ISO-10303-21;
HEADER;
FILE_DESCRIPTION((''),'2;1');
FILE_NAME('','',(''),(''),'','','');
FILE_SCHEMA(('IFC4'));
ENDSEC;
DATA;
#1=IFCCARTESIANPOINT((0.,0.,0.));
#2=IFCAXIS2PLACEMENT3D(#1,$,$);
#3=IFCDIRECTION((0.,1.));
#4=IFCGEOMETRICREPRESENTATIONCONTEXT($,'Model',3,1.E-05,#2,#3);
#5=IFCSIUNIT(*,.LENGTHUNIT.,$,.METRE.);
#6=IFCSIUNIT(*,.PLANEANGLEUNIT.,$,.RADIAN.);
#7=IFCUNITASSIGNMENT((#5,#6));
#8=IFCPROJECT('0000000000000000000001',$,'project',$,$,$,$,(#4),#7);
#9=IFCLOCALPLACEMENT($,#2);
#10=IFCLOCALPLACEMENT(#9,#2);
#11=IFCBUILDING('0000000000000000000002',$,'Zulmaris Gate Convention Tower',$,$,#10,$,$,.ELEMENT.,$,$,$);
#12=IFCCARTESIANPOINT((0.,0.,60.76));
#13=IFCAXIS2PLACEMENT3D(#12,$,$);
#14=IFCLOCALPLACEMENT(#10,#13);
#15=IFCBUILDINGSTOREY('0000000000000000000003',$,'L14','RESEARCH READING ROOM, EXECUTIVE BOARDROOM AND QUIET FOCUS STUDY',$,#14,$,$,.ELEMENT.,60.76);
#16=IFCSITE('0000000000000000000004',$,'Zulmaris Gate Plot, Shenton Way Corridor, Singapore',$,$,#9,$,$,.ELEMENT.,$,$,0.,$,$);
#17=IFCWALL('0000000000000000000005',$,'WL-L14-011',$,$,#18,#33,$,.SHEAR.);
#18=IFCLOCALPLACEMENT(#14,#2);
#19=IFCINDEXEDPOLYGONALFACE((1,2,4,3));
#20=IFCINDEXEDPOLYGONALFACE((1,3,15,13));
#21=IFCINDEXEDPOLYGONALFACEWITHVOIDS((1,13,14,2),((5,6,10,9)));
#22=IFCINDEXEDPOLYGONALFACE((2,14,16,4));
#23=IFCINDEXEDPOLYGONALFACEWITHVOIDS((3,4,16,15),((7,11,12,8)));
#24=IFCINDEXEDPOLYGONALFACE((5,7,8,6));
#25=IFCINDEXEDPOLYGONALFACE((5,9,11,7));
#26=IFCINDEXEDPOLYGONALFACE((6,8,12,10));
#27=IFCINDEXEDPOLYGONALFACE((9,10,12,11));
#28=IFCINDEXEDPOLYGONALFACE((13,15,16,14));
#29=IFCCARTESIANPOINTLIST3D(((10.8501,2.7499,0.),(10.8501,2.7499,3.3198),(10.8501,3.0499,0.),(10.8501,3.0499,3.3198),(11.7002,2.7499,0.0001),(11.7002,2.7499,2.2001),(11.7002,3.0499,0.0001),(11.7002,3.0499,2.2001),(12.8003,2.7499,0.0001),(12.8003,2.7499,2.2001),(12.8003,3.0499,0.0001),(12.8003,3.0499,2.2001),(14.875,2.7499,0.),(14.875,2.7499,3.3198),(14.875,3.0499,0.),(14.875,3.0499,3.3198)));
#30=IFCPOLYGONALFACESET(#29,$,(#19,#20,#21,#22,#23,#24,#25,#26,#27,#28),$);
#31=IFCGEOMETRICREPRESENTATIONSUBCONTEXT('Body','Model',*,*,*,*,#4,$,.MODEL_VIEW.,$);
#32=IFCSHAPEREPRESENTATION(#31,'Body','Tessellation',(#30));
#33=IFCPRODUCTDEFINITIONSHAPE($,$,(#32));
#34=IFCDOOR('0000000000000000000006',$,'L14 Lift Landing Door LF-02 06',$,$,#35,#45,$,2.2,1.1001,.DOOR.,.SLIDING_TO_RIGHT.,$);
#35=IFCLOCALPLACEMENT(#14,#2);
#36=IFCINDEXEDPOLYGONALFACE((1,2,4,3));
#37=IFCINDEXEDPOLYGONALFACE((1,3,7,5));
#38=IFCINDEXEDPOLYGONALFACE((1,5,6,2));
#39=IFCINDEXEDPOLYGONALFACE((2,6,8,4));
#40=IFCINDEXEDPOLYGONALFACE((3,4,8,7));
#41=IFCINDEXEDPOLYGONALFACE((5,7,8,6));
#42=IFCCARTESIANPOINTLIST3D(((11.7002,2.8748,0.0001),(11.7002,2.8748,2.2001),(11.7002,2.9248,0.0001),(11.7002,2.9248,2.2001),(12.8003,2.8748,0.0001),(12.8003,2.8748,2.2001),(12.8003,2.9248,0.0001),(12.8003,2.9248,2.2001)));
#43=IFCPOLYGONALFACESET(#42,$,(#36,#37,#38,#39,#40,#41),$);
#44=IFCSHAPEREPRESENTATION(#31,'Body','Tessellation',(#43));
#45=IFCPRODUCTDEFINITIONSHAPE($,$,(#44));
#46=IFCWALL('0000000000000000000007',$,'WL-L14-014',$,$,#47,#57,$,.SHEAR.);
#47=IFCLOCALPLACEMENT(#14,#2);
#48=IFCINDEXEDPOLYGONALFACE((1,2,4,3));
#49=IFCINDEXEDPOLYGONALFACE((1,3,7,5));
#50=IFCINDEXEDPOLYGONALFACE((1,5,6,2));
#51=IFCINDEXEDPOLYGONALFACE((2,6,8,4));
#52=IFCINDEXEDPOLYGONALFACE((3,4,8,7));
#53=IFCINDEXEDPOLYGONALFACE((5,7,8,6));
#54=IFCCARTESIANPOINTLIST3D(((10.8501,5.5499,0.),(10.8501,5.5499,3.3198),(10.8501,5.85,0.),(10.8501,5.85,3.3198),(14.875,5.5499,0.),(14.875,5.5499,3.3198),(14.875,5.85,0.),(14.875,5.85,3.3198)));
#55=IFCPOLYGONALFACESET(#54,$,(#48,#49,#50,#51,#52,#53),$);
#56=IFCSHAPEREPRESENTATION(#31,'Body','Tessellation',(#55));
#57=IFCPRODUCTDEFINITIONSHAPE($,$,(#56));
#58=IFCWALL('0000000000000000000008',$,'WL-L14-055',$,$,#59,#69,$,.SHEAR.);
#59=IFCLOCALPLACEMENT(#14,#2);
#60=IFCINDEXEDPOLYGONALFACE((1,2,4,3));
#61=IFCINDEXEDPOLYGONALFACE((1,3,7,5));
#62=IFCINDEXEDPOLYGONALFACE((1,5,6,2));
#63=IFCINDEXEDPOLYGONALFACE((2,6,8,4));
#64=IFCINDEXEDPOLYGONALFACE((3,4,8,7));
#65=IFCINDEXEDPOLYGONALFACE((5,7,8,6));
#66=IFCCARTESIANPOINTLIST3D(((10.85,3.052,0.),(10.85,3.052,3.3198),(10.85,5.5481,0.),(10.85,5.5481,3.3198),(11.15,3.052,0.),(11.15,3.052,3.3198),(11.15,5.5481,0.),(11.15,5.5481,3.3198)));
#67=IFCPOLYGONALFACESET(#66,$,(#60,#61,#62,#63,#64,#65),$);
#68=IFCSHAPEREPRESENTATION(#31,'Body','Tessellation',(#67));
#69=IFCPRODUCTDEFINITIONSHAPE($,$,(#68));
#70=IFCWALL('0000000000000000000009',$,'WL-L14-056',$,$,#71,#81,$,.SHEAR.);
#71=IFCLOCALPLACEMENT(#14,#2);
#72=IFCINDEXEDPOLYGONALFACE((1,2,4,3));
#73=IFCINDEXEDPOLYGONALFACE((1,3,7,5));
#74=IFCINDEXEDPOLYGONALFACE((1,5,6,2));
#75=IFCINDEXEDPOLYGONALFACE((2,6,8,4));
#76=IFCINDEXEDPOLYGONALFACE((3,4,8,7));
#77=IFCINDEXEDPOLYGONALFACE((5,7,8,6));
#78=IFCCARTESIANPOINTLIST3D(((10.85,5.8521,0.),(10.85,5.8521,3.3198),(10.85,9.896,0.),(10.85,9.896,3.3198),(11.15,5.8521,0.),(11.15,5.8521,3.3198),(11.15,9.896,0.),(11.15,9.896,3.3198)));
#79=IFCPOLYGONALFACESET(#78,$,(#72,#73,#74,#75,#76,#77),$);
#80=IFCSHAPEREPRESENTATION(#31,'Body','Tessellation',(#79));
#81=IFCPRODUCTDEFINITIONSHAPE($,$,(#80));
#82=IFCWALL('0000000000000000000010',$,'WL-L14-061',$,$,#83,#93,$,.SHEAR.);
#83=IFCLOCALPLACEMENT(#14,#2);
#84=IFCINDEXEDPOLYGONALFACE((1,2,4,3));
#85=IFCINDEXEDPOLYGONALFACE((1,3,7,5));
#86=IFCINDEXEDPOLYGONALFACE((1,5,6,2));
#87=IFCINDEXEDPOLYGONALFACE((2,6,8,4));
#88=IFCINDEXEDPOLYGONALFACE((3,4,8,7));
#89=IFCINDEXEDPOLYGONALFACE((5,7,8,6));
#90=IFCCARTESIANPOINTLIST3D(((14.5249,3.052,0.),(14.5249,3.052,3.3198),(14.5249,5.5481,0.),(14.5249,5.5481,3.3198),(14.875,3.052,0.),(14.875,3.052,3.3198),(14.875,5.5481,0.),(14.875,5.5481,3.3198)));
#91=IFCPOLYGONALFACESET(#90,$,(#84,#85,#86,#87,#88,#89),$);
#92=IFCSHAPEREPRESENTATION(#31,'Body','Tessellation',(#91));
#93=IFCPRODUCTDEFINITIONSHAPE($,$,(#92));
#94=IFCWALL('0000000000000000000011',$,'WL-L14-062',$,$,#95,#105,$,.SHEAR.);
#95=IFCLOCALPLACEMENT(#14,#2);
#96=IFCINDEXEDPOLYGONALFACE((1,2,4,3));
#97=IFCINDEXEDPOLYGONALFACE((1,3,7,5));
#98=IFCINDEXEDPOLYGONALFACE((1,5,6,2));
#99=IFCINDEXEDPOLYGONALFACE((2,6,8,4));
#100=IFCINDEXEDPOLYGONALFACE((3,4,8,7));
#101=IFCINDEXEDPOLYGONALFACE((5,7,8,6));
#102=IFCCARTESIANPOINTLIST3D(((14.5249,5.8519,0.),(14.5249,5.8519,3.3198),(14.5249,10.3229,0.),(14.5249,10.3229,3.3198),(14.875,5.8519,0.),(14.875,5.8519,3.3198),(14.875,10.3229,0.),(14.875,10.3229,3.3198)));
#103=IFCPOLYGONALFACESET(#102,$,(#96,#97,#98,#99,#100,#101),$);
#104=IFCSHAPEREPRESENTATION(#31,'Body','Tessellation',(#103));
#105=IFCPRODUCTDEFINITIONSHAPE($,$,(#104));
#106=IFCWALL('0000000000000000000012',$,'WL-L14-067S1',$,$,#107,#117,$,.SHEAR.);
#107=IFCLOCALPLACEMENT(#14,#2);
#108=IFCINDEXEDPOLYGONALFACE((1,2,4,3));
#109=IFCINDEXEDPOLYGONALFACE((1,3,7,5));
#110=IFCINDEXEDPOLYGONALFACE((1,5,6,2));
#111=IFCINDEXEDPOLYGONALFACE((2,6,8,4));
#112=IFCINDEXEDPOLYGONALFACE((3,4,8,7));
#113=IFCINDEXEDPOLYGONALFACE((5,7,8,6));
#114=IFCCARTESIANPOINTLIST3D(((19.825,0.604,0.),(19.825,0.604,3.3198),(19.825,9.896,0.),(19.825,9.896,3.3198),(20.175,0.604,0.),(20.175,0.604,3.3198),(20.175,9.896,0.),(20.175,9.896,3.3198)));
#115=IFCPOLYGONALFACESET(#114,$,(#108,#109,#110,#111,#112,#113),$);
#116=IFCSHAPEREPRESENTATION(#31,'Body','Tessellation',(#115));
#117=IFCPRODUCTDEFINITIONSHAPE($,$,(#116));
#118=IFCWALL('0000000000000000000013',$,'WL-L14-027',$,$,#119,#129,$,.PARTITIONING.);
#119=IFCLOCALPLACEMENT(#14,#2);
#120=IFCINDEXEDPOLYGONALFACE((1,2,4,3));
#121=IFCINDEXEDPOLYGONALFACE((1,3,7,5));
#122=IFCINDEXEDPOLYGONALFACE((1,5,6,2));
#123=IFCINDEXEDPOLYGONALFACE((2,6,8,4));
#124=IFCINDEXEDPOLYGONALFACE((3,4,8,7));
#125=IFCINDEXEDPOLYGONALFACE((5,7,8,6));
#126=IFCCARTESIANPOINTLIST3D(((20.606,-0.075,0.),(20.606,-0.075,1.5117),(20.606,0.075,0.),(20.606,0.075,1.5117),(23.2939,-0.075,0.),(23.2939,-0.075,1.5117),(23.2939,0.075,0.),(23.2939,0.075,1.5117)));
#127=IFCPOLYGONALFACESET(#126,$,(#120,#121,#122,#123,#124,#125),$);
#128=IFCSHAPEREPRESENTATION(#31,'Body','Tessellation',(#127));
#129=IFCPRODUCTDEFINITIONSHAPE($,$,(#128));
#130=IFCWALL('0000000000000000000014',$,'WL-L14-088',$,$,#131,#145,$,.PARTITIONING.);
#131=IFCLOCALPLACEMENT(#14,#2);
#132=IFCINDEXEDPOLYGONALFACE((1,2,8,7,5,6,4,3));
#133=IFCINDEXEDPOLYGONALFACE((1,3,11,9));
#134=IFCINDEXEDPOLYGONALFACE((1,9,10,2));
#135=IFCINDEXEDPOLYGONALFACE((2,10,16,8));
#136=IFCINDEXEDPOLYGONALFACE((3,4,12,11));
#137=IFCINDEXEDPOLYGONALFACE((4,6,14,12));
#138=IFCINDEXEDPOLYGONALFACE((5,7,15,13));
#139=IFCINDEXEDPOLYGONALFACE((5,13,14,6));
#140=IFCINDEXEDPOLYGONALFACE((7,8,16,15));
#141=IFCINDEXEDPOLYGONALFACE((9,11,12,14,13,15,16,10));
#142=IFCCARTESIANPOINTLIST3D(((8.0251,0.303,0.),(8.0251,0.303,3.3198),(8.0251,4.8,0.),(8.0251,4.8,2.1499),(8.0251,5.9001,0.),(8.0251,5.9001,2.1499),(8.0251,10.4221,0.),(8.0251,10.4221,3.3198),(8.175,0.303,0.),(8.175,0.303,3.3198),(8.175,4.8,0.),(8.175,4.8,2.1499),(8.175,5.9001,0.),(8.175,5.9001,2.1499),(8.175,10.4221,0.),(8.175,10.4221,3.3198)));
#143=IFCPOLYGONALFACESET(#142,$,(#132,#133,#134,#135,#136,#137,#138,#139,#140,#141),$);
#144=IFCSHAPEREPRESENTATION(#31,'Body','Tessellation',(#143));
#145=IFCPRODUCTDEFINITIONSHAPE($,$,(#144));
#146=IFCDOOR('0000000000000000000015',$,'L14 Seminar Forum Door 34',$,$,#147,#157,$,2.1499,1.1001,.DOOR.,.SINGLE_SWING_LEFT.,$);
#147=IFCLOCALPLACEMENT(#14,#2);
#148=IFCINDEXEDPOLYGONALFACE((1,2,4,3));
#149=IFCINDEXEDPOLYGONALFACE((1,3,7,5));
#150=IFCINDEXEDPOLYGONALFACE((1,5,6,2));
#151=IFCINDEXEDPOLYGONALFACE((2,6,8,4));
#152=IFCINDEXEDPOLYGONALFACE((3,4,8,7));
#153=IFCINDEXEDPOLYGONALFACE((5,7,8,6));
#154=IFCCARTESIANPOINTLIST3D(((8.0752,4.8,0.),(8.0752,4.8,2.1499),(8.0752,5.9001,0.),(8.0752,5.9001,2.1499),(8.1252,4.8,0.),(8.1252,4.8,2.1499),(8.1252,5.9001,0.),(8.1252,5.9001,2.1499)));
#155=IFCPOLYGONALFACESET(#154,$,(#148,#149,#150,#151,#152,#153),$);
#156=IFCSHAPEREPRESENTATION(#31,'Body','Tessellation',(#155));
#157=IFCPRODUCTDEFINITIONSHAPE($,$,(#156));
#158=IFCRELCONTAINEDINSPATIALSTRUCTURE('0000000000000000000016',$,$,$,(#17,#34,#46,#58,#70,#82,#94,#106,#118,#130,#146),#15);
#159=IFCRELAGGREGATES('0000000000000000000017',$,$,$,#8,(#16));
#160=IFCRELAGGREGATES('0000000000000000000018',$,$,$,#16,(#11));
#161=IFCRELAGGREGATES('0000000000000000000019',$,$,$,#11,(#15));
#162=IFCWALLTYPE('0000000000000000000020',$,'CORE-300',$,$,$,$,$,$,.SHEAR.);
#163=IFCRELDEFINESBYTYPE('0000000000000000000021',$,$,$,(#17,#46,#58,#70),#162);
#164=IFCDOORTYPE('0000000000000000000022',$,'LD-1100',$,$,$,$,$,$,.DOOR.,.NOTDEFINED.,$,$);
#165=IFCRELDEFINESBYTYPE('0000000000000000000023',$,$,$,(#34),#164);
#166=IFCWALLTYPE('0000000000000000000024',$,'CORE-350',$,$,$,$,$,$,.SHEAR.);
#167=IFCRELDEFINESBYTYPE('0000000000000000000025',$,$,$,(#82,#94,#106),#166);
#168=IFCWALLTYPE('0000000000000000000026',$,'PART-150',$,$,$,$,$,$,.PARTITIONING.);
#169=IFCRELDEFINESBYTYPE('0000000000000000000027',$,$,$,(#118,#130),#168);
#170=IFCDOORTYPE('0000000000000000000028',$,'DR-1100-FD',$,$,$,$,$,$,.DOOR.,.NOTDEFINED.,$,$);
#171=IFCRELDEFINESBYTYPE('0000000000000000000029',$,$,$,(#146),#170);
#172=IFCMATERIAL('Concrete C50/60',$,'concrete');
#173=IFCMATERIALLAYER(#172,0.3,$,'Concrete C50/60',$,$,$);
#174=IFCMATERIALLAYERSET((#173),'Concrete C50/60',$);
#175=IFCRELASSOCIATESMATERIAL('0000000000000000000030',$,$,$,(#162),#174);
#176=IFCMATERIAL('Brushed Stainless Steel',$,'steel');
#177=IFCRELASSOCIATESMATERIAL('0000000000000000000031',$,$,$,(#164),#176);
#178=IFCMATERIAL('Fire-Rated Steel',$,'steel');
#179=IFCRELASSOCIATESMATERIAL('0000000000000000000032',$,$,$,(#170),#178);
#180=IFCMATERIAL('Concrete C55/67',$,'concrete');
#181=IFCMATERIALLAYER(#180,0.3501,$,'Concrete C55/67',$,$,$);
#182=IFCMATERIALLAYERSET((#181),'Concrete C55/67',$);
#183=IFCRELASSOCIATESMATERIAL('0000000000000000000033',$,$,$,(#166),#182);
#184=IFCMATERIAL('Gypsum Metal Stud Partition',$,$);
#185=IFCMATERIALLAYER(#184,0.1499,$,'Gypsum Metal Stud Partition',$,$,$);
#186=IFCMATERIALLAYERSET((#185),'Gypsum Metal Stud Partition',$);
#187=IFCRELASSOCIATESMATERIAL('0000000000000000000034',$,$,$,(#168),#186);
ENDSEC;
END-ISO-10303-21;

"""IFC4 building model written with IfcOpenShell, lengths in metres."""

from ifc_helpers import new_model, si_unit, direction, frame, frame_2d, origin, place, context, subcontext, project, spatial, rectangle, extrude, material, layer, layer_set, type_object, element, fill, save


model = new_model("IFC4")

# Units and contexts
model_context = context("Model", 3, precision=1e-05, world=origin(), true_north=direction((0.0, 1.0)))
body_context = subcontext(model_context, "Body", "Model", "MODEL_VIEW")
ifc_project = project(units=[si_unit("LENGTHUNIT", "METRE"), si_unit("PLANEANGLEUNIT", "RADIAN")], contexts=[model_context])

# Site, building, storey
site_placement = place(None, origin())
site = spatial("IfcSite", under=ifc_project, at=site_placement, Name="Zulmaris Gate Plot, Shenton Way Corridor, Singapore", CompositionType="ELEMENT", RefElevation=0.0)
building_placement = place(site_placement, origin())
building = spatial("IfcBuilding", under=site, at=building_placement, Name="Zulmaris Gate Convention Tower", CompositionType="ELEMENT")
storey_placement = place(building_placement, frame((0.0, 0.0, 60.76)))
storey = spatial("IfcBuildingStorey", under=building, at=storey_placement, Name="L14", Description="RESEARCH READING ROOM, EXECUTIVE BOARDROOM AND QUIET FOCUS STUDY", CompositionType="ELEMENT", Elevation=60.76)

# Shared definitions
ifc_material_1 = material(Name="Concrete C50/60", Category="concrete")

# Wall, opening, door
ifc_layer_1 = layer(ifc_material_1, 0.3, Name="Concrete C50/60")
ifc_layer_set_1 = layer_set([ifc_layer_1], Name="Concrete C50/60")
wall_type_1 = type_object("IfcWallType", Name="CORE-300", PredefinedType="SHEAR", material=ifc_layer_set_1)
wall_1_placement = place(storey_placement, frame((10.8501, 2.8999, 0.0), z_axis=(0.0, 0.0, 1.0), x_axis=(1.0, 0.0, 0.0)))
wall_1 = element("IfcWall", 1, at=wall_1_placement, inside=storey, type_object=wall_type_1, Name="WL-L14-011", PredefinedType="SHEAR", context=body_context, shape_type="SweptSolid", body=[
    extrude(rectangle(XDim=4.0249, YDim=0.3, at=frame_2d((2.0125, 0.0))), origin(), (0.0, 0.0, 1.0), 3.3198),
])
opening_1_placement = place(wall_1_placement, frame((0.8501, 0.0, 0.0)))
opening_1 = element("IfcOpeningElement", 2, at=opening_1_placement, cuts=wall_1, PredefinedType="OPENING", context=body_context, shape_type="SweptSolid", body=[
    extrude(rectangle(XDim=1.1001, YDim=2.2, at=frame_2d((0.55, 1.1001))), frame((0.0, 0.1602, 0.0), z_axis=(0.0, -1.0, 0.0), x_axis=(1.0, 0.0, 0.0)), (0.0, 0.0, 1.0), 0.3201),
])
ifc_material_2 = material(Name="Brushed Stainless Steel", Category="steel")
door_type_1 = type_object("IfcDoorType", Name="LD-1100", OperationType="NOTDEFINED", PredefinedType="DOOR", material=ifc_material_2)
door_1_placement = place(opening_1_placement, origin())
door_1 = element("IfcDoor", 3, at=door_1_placement, inside=storey, type_object=door_type_1, Name="L14 Lift Landing Door LF-02 06", OperationType="SLIDING_TO_RIGHT", OverallHeight=2.2, OverallWidth=1.1001, PredefinedType="DOOR", context=body_context, shape_type="SweptSolid", body=[
    extrude(rectangle(XDim=1.1001, YDim=2.2, at=frame_2d((0.55, 1.1001))), frame((0.0, 0.0249, 0.0), z_axis=(0.0, -1.0, 0.0), x_axis=(1.0, 0.0, 0.0)), (0.0, 0.0, 1.0), 0.05),
])
fill(opening_1, door_1)

# Wall
wall_2_placement = place(storey_placement, frame((10.8501, 5.7, 0.0), z_axis=(0.0, 0.0, 1.0), x_axis=(1.0, 0.0, 0.0)))
element("IfcWall", 4, at=wall_2_placement, inside=storey, type_object=wall_type_1, Name="WL-L14-014", PredefinedType="SHEAR", context=body_context, shape_type="SweptSolid", body=[
    extrude(rectangle(XDim=4.0249, YDim=0.3, at=frame_2d((2.0125, 0.0))), origin(), (0.0, 0.0, 1.0), 3.3198),
])

# Shared definitions
ifc_material_3 = material(Name="Fire-Rated Steel", Category="steel")
door_type_2 = type_object("IfcDoorType", Name="DR-1100-FD", OperationType="NOTDEFINED", PredefinedType="DOOR", material=ifc_material_3)

# Walls
wall_3_placement = place(storey_placement, frame((11.0, 3.052, 0.0), z_axis=(0.0, 0.0, 1.0), x_axis=(0.0, 1.0, 0.0)))
element("IfcWall", 5, at=wall_3_placement, inside=storey, type_object=wall_type_1, Name="WL-L14-055", PredefinedType="SHEAR", context=body_context, shape_type="SweptSolid", body=[
    extrude(rectangle(XDim=2.4961, YDim=0.3, at=frame_2d((1.248, 0.0))), origin(), (0.0, 0.0, 1.0), 3.3198),
])
wall_4_placement = place(storey_placement, frame((11.0, 5.8521, 0.0), z_axis=(0.0, 0.0, 1.0), x_axis=(0.0, 1.0, 0.0)))
element("IfcWall", 6, at=wall_4_placement, inside=storey, type_object=wall_type_1, Name="WL-L14-056", PredefinedType="SHEAR", context=body_context, shape_type="SweptSolid", body=[
    extrude(rectangle(XDim=4.0439, YDim=0.3, at=frame_2d((2.022, 0.0))), origin(), (0.0, 0.0, 1.0), 3.3198),
])
ifc_material_4 = material(Name="Concrete C55/67", Category="concrete")
ifc_layer_2 = layer(ifc_material_4, 0.3501, Name="Concrete C55/67")
ifc_layer_set_2 = layer_set([ifc_layer_2], Name="Concrete C55/67")
wall_type_2 = type_object("IfcWallType", Name="CORE-350", PredefinedType="SHEAR", material=ifc_layer_set_2)
wall_5_placement = place(storey_placement, frame((14.7, 3.052, 0.0), z_axis=(0.0, 0.0, 1.0), x_axis=(0.0, 1.0, 0.0)))
element("IfcWall", 7, at=wall_5_placement, inside=storey, type_object=wall_type_2, Name="WL-L14-061", PredefinedType="SHEAR", context=body_context, shape_type="SweptSolid", body=[
    extrude(rectangle(XDim=2.4961, YDim=0.3501, at=frame_2d((1.248, 0.0))), origin(), (0.0, 0.0, 1.0), 3.3198),
])
wall_6_placement = place(storey_placement, frame((14.7, 5.8521, 0.0), z_axis=(0.0, 0.0, 1.0), x_axis=(0.0, 1.0, 0.0)))
element("IfcWall", 8, at=wall_6_placement, inside=storey, type_object=wall_type_2, Name="WL-L14-062", PredefinedType="SHEAR", context=body_context, shape_type="SweptSolid", body=[
    extrude(rectangle(XDim=4.4709, YDim=0.3501, at=frame_2d((2.2354, 0.0))), origin(), (0.0, 0.0, 1.0), 3.3198),
])
wall_7_placement = place(storey_placement, frame((20.0, 0.604, 0.0), z_axis=(0.0, 0.0, 1.0), x_axis=(0.0, 1.0, 0.0)))
element("IfcWall", 9, at=wall_7_placement, inside=storey, type_object=wall_type_2, Name="WL-L14-067S1", PredefinedType="SHEAR", context=body_context, shape_type="SweptSolid", body=[
    extrude(rectangle(XDim=9.292, YDim=0.3501, at=frame_2d((4.646, 0.0))), origin(), (0.0, 0.0, 1.0), 3.3198),
])
ifc_material_5 = material(Name="Gypsum Metal Stud Partition")
ifc_layer_3 = layer(ifc_material_5, 0.1499, Name="Gypsum Metal Stud Partition")
ifc_layer_set_3 = layer_set([ifc_layer_3], Name="Gypsum Metal Stud Partition")
wall_type_3 = type_object("IfcWallType", Name="PART-150", PredefinedType="PARTITIONING", material=ifc_layer_set_3)
wall_8_placement = place(storey_placement, frame((20.606, 0.0, 0.0), z_axis=(0.0, 0.0, 1.0), x_axis=(1.0, 0.0, 0.0)))
element("IfcWall", 10, at=wall_8_placement, inside=storey, type_object=wall_type_3, Name="WL-L14-027", PredefinedType="PARTITIONING", context=body_context, shape_type="SweptSolid", body=[
    extrude(rectangle(XDim=2.688, YDim=0.1499, at=frame_2d((1.344, 0.0))), origin(), (0.0, 0.0, 1.0), 1.5117),
])

# Wall, opening, door
wall_9_placement = place(storey_placement, frame((8.1001, 0.303, 0.0), z_axis=(0.0, 0.0, 1.0), x_axis=(0.0, 1.0, 0.0)))
wall_9 = element("IfcWall", 11, at=wall_9_placement, inside=storey, type_object=wall_type_3, Name="WL-L14-088", PredefinedType="PARTITIONING", context=body_context, shape_type="SweptSolid", body=[
    extrude(rectangle(XDim=10.1191, YDim=0.1499, at=frame_2d((5.0596, 0.0))), origin(), (0.0, 0.0, 1.0), 3.3198),
])
opening_2_placement = place(wall_9_placement, frame((4.4971, 0.0, 0.0)))
opening_2 = element("IfcOpeningElement", 12, at=opening_2_placement, cuts=wall_9, PredefinedType="OPENING", context=body_context, shape_type="SweptSolid", body=[
    extrude(rectangle(XDim=1.1001, YDim=2.1499, at=frame_2d((0.55, 1.075))), frame((0.0, 0.085, 0.0), z_axis=(0.0, -1.0, 0.0), x_axis=(1.0, 0.0, 0.0)), (0.0, 0.0, 1.0), 0.1699),
])
door_2_placement = place(opening_2_placement, origin())
door_2 = element("IfcDoor", 13, at=door_2_placement, inside=storey, type_object=door_type_2, Name="L14 Seminar Forum Door 34", OperationType="SINGLE_SWING_LEFT", OverallHeight=2.1499, OverallWidth=1.1001, PredefinedType="DOOR", context=body_context, shape_type="SweptSolid", body=[
    extrude(rectangle(XDim=1.1001, YDim=2.1499, at=frame_2d((0.55, 1.075))), frame((0.0, 0.0249, 0.0), z_axis=(0.0, -1.0, 0.0), x_axis=(1.0, 0.0, 0.0)), (0.0, 0.0, 1.0), 0.05),
])
fill(opening_2, door_2)

save(model, "model.ifc")
